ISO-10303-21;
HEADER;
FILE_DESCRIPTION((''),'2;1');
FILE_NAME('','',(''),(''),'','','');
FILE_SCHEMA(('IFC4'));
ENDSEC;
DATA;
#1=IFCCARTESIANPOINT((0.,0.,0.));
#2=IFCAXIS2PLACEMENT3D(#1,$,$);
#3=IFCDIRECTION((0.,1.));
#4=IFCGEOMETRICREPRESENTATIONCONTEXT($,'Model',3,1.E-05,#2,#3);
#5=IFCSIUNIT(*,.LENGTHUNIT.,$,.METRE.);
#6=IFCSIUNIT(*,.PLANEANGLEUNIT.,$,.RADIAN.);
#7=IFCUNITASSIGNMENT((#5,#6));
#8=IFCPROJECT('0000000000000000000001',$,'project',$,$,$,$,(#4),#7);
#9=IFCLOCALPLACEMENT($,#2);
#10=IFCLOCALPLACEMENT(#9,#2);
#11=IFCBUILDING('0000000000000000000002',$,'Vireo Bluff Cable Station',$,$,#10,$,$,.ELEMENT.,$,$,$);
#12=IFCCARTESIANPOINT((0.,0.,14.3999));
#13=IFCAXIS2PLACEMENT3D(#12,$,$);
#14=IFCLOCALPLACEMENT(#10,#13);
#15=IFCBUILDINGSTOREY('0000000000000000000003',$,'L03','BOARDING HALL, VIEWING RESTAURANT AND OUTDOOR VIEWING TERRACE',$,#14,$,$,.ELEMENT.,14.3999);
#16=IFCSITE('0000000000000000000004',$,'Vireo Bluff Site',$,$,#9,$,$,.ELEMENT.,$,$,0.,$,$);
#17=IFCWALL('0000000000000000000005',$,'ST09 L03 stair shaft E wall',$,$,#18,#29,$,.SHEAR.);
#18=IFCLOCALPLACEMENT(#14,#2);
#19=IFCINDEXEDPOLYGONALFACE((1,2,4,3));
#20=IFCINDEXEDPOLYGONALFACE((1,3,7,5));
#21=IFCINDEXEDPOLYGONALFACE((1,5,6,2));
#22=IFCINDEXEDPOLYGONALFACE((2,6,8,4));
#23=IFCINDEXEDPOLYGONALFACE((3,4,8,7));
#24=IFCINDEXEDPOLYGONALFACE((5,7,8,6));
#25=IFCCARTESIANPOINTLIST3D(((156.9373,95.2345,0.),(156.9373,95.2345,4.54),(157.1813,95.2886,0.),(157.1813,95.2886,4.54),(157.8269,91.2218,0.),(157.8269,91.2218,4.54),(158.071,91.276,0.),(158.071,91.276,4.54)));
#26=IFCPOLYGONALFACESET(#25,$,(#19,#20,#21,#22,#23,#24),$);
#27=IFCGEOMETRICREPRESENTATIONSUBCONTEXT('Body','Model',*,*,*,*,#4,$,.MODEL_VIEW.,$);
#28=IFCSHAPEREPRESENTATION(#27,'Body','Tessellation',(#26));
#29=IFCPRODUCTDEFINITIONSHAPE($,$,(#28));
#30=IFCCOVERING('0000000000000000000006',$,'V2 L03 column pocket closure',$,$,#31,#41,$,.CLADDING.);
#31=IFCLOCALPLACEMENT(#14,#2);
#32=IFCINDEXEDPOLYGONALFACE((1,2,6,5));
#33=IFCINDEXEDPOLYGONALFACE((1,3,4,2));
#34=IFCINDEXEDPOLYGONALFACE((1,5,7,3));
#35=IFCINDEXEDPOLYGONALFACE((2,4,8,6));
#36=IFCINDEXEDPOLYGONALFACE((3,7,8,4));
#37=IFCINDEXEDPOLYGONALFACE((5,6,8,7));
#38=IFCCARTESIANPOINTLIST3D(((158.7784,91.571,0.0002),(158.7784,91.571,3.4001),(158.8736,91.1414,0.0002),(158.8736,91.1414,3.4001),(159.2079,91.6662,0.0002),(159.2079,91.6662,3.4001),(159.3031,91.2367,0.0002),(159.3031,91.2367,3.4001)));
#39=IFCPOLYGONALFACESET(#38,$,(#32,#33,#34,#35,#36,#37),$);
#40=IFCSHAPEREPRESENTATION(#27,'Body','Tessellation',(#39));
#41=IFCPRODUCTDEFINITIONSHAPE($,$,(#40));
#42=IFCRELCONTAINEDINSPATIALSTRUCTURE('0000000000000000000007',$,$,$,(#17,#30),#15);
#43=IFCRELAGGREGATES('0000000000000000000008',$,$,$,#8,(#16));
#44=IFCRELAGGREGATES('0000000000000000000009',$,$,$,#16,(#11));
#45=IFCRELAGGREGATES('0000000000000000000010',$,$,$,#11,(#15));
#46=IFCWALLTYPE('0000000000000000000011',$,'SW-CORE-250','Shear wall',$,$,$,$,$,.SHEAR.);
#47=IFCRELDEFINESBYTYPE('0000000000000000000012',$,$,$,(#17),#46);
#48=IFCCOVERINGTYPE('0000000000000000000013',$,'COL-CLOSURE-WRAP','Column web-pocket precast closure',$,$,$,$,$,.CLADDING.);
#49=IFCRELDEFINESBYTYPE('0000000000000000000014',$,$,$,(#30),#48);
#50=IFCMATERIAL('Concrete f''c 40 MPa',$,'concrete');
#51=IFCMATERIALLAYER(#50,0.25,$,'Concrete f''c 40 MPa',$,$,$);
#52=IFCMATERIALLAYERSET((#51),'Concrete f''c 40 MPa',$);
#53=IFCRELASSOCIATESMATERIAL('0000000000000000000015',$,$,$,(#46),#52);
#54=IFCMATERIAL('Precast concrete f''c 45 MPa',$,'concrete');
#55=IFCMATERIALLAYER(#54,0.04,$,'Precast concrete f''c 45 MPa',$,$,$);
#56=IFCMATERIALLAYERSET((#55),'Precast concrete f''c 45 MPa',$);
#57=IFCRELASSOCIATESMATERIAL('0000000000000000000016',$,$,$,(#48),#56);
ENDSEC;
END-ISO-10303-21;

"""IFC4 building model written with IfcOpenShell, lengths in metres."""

from ifc_helpers import new_model, si_unit, direction, frame, frame_2d, origin, origin_2d, place, context, subcontext, project, spatial, rectangle, extrude, material, layer, layer_set, type_object, element, save


model = new_model("IFC4")

# Units and contexts
model_context = context("Model", 3, precision=1e-05, world=origin(), true_north=direction((0.0, 1.0)))
body_context = subcontext(model_context, "Body", "Model", "MODEL_VIEW")
ifc_project = project(units=[si_unit("LENGTHUNIT", "METRE"), si_unit("PLANEANGLEUNIT", "RADIAN")], contexts=[model_context])

# Site, building, storey
site_placement = place(None, origin())
site = spatial("IfcSite", under=ifc_project, at=site_placement, Name="Vireo Bluff Site", CompositionType="ELEMENT", RefElevation=0.0)
building_placement = place(site_placement, origin())
building = spatial("IfcBuilding", under=site, at=building_placement, Name="Vireo Bluff Cable Station", CompositionType="ELEMENT")
storey_placement = place(building_placement, frame((0.0, 0.0, 14.3999)))
storey = spatial("IfcBuildingStorey", under=building, at=storey_placement, Name="L03", Description="BOARDING HALL, VIEWING RESTAURANT AND OUTDOOR VIEWING TERRACE", CompositionType="ELEMENT", Elevation=14.3999)

# Wall
ifc_material_1 = material(Name="Precast concrete f'c 45 MPa", Category="concrete")
ifc_material_2 = material(Name="Concrete f'c 40 MPa", Category="concrete")
ifc_layer_1 = layer(ifc_material_2, 0.25, Name="Concrete f'c 40 MPa")
ifc_layer_set_1 = layer_set([ifc_layer_1], Name="Concrete f'c 40 MPa")
wall_type_1 = type_object("IfcWallType", Name="SW-CORE-250", Description="Shear wall", PredefinedType="SHEAR", material=ifc_layer_set_1)
wall_1_placement = place(storey_placement, frame((157.949, 91.2488, 0.0), z_axis=(0.0, 0.0, 1.0), x_axis=(-0.216452, 0.976293, 0.0)))
element("IfcWall", 1, at=wall_1_placement, inside=storey, type_object=wall_type_1, Name="ST09 L03 stair shaft E wall", PredefinedType="SHEAR", context=body_context, shape_type="SweptSolid", body=[
    extrude(rectangle(XDim=4.1101, YDim=0.25, at=frame_2d((2.0552, 0.0))), origin(), (0.0, 0.0, 1.0), 4.54),
])

# Covering
ifc_layer_2 = layer(ifc_material_1, 0.04, Name="Precast concrete f'c 45 MPa")
ifc_layer_set_2 = layer_set([ifc_layer_2], Name="Precast concrete f'c 45 MPa")
covering_type = type_object("IfcCoveringType", Name="COL-CLOSURE-WRAP", Description="Column web-pocket precast closure", PredefinedType="CLADDING", material=ifc_layer_set_2)
covering_placement = place(storey_placement, frame((159.0408, 91.4038, 0.0002), z_axis=(0.0, 0.0, 1.0), x_axis=(0.976296, 0.21644, 0.0)))
element("IfcCovering", 2, at=covering_placement, inside=storey, type_object=covering_type, Name="V2 L03 column pocket closure", PredefinedType="CLADDING", context=body_context, shape_type="SweptSolid", body=[
    extrude(rectangle(XDim=0.4399, YDim=0.4399, at=origin_2d()), origin(), (0.0, 0.0, 1.0), 3.3999),
])

save(model, "model.ifc")
